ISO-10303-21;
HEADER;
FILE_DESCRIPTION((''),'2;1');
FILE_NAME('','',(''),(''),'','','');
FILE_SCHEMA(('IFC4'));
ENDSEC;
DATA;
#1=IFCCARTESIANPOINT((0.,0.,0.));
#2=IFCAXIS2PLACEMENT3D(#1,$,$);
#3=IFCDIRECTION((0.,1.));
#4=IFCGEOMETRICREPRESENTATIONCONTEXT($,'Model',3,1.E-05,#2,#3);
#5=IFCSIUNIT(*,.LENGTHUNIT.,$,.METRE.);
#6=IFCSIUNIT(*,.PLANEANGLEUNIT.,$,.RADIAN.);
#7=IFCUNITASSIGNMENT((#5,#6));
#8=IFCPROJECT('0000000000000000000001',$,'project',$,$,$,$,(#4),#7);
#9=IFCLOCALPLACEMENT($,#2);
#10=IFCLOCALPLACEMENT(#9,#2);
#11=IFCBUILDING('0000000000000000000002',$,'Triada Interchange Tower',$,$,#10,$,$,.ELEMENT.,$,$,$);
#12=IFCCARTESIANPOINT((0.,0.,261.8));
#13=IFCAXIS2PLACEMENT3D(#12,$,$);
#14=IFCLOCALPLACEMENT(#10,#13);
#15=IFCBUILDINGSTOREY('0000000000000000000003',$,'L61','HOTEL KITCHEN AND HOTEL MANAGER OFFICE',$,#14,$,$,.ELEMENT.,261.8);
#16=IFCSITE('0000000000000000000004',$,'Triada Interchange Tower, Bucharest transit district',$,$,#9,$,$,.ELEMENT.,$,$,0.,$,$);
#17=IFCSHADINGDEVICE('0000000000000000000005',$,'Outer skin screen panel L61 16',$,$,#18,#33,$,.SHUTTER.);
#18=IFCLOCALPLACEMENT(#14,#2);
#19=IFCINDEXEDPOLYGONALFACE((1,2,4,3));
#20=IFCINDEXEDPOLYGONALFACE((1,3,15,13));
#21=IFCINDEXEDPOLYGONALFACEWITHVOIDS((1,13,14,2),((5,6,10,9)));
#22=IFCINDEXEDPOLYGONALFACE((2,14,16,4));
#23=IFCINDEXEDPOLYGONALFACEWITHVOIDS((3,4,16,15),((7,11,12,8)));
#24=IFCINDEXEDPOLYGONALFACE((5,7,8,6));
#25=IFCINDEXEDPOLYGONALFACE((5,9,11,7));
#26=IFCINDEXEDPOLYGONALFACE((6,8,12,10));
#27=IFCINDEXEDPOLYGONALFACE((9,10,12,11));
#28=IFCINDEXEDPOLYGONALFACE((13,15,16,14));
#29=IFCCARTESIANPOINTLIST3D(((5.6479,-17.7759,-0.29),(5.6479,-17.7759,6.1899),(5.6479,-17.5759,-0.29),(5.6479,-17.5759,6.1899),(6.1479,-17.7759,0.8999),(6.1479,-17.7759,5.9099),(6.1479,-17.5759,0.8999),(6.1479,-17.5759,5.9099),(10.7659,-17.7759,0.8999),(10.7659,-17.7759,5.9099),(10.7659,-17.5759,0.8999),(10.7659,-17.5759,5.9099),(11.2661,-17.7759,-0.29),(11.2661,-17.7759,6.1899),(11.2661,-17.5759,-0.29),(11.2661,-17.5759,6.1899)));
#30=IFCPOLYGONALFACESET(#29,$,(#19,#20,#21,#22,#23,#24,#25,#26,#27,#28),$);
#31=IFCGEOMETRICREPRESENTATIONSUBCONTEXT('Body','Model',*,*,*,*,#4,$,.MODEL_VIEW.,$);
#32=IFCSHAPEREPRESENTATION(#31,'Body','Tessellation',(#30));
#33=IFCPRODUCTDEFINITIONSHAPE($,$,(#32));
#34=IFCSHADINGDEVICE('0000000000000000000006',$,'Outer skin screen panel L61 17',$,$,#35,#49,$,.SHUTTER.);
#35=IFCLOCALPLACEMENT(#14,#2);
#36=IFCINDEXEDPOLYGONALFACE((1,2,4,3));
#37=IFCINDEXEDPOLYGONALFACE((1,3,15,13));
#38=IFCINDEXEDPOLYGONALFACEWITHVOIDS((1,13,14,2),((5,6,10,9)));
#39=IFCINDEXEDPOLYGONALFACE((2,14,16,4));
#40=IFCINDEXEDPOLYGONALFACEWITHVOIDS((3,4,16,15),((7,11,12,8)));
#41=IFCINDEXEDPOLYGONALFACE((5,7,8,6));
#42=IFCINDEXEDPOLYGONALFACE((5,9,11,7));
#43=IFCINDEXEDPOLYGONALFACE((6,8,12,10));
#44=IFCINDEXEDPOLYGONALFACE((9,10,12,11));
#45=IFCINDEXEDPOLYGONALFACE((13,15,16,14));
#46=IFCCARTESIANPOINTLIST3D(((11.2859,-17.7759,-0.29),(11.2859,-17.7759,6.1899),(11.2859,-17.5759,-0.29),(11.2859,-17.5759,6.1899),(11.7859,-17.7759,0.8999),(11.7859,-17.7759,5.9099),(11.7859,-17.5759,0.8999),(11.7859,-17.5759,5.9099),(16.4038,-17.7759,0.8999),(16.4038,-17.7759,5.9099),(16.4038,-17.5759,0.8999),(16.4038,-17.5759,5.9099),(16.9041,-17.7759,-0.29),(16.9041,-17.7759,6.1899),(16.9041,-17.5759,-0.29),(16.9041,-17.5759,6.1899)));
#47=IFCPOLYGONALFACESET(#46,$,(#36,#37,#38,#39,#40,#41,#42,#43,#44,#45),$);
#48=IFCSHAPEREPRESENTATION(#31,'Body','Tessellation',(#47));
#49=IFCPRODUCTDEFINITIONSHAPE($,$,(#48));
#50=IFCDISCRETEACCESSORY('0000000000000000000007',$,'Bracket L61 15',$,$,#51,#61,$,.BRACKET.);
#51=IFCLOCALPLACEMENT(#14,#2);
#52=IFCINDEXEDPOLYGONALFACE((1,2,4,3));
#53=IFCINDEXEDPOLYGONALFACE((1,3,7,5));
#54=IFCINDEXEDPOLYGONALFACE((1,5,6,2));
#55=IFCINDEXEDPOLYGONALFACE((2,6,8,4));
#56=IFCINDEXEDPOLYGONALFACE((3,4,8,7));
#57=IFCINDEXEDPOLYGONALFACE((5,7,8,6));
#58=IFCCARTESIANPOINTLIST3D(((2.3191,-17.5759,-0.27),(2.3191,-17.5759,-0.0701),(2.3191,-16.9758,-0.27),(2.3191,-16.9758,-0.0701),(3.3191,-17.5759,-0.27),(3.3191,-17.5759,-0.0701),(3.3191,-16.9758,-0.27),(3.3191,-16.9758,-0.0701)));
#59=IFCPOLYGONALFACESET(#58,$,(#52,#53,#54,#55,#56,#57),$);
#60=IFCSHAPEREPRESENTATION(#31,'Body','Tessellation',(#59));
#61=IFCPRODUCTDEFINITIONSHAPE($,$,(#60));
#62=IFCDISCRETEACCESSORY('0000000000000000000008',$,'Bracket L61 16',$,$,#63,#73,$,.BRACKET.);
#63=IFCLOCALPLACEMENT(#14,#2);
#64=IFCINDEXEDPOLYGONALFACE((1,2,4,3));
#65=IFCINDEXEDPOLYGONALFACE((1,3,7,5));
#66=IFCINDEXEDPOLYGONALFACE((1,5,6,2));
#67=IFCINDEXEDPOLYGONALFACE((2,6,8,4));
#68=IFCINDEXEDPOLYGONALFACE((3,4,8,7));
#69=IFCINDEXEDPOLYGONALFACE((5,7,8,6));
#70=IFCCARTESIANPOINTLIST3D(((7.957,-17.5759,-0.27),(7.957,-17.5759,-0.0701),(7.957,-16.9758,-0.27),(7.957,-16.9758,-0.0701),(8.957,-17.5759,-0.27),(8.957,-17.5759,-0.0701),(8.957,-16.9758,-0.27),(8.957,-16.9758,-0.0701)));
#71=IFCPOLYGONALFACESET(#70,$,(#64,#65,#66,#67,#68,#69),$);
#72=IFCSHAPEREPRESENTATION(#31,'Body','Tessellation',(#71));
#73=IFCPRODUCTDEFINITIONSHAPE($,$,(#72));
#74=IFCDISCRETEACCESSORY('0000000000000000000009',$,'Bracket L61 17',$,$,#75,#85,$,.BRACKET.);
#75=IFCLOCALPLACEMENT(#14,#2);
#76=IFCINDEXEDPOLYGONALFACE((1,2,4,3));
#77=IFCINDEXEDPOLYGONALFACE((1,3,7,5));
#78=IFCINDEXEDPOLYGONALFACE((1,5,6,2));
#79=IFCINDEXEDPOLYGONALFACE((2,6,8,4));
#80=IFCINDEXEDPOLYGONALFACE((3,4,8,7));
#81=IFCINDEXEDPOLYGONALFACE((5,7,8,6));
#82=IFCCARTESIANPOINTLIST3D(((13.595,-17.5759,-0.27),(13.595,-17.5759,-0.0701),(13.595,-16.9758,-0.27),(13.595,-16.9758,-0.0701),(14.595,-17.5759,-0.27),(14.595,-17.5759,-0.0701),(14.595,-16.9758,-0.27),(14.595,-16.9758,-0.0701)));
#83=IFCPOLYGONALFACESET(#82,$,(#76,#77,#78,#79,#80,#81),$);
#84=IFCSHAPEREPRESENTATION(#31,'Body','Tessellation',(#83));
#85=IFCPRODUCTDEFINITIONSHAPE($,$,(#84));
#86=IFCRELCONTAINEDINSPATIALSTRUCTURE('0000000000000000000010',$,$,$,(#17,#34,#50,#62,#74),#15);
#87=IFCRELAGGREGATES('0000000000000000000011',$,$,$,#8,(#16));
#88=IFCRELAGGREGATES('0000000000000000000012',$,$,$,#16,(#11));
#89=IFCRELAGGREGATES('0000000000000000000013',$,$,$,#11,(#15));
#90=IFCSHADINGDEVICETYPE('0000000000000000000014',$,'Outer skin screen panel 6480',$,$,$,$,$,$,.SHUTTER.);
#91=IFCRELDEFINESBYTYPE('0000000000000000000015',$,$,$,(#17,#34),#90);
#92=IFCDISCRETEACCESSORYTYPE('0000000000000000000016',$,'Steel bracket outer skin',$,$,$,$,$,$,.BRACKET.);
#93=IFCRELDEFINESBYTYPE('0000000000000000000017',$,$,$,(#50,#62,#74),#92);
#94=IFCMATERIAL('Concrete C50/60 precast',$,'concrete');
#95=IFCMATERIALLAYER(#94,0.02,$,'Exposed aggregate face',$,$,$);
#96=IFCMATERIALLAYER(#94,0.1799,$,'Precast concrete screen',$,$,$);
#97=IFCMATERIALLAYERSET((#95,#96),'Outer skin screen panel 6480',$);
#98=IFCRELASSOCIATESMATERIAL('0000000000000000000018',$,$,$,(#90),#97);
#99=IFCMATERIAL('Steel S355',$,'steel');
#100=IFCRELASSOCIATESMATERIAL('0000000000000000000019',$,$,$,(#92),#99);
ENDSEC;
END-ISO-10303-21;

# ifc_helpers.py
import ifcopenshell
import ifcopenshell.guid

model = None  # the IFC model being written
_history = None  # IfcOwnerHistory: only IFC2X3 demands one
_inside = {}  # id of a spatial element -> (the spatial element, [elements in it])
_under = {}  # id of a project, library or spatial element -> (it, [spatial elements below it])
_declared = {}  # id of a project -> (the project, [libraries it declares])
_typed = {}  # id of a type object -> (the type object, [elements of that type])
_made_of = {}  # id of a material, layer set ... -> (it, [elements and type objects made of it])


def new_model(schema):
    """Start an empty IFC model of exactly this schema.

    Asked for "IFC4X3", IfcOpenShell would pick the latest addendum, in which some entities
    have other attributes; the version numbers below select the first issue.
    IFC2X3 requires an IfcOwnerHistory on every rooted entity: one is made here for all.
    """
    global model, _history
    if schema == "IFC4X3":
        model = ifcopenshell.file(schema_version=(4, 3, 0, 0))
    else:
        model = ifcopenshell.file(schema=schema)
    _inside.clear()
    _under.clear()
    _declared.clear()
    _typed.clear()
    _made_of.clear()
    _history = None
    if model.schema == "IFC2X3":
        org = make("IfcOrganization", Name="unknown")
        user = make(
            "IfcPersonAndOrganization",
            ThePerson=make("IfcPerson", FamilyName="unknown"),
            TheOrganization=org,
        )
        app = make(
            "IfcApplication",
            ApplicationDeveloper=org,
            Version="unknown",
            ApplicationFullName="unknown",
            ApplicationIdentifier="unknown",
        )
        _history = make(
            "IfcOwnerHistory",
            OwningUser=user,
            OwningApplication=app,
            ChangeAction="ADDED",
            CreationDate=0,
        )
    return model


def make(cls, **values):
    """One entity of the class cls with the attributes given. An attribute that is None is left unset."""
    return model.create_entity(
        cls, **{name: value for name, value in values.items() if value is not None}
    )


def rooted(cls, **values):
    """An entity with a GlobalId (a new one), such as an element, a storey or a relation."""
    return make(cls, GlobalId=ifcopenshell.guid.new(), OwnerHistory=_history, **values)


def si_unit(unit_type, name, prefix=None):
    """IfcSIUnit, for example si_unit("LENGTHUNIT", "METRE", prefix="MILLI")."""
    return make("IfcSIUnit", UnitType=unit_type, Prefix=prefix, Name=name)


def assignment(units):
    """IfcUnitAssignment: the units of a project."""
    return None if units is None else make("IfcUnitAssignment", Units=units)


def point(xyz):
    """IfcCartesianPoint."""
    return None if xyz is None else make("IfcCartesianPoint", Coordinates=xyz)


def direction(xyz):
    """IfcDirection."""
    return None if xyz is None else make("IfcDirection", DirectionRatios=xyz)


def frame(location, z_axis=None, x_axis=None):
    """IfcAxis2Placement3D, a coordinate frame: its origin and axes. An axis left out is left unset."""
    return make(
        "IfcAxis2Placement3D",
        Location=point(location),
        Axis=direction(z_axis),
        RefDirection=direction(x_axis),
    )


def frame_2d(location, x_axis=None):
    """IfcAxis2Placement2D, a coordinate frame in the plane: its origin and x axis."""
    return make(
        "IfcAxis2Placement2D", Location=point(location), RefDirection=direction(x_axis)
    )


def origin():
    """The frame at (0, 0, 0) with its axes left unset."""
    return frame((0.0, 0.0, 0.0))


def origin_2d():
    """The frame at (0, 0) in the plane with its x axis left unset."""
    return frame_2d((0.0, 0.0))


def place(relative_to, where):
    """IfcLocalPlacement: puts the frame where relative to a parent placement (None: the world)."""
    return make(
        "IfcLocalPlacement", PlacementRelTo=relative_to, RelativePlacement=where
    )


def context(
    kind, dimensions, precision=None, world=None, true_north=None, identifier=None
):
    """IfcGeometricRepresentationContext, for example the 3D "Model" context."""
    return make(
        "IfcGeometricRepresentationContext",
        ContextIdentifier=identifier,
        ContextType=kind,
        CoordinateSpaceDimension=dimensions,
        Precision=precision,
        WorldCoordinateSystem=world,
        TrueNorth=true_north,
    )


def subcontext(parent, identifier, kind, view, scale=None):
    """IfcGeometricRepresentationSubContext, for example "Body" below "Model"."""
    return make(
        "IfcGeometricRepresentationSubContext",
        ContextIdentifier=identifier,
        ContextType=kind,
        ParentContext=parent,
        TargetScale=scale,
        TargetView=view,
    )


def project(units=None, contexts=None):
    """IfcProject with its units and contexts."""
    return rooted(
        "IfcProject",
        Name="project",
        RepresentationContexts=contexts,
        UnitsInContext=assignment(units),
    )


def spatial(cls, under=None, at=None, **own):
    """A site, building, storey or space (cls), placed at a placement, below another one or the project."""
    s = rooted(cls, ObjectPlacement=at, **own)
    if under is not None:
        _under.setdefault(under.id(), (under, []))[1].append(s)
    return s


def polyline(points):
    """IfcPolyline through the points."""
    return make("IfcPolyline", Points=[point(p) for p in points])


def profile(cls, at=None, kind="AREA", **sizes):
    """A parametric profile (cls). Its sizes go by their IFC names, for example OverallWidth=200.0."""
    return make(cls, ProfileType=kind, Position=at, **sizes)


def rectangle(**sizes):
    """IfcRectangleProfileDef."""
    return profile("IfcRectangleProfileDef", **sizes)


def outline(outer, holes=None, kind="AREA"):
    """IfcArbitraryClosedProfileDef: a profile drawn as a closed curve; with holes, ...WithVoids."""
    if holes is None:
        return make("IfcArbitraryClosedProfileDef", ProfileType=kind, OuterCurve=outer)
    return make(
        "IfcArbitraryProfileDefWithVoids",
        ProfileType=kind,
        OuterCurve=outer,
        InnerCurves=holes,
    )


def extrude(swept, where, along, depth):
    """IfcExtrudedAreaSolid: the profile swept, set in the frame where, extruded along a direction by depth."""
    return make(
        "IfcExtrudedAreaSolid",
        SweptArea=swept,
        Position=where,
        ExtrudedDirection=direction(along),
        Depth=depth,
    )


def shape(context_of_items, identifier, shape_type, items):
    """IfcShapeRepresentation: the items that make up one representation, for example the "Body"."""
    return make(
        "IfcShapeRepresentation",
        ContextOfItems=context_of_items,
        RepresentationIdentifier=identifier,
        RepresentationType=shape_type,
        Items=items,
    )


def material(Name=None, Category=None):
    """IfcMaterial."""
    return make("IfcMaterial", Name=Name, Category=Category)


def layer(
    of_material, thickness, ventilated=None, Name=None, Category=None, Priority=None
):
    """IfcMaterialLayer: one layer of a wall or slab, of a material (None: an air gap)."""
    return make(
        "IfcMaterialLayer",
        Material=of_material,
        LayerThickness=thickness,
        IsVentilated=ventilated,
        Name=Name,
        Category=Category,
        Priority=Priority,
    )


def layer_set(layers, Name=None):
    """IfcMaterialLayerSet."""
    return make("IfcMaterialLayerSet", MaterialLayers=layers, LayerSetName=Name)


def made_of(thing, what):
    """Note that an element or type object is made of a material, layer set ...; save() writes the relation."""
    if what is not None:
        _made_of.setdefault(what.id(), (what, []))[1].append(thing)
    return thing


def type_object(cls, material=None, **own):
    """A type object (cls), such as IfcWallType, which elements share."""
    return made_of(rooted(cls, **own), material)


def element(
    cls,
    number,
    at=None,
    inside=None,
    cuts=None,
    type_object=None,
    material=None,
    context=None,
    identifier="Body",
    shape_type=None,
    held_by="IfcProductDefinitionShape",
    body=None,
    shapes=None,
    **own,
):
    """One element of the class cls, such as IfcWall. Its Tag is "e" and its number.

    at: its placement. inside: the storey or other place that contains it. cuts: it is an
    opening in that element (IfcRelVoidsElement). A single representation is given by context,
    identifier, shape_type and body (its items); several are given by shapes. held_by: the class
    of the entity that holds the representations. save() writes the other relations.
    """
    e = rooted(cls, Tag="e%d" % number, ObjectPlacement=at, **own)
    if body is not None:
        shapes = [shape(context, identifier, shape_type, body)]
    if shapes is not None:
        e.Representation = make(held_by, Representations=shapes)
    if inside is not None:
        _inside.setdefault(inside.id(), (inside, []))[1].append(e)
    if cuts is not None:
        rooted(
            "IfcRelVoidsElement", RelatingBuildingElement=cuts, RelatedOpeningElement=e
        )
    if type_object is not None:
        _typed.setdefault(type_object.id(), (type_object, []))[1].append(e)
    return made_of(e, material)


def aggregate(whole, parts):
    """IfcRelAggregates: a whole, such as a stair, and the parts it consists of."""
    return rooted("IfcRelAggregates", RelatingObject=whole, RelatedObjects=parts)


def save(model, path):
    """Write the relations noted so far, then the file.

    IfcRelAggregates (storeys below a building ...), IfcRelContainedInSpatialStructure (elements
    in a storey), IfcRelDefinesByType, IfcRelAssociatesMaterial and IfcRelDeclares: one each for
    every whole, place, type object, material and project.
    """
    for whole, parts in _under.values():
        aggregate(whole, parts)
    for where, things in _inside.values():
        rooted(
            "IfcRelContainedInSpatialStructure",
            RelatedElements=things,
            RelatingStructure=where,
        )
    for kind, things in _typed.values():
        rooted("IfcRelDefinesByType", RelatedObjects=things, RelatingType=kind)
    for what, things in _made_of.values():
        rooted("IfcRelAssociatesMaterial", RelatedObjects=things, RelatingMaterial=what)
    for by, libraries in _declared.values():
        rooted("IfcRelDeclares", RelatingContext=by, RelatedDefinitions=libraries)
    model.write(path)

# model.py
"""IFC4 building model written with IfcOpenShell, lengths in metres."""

from ifc_helpers import new_model, si_unit, direction, frame, origin, origin_2d, place, context, subcontext, project, spatial, polyline, rectangle, outline, extrude, material, layer, layer_set, type_object, element, save


model = new_model("IFC4")

# Units and contexts
model_context = context("Model", 3, precision=1e-05, world=origin(), true_north=direction((0.0, 1.0)))
body_context = subcontext(model_context, "Body", "Model", "MODEL_VIEW")
ifc_project = project(units=[si_unit("LENGTHUNIT", "METRE"), si_unit("PLANEANGLEUNIT", "RADIAN")], contexts=[model_context])

# Site, building, storey
site_placement = place(None, origin())
site = spatial("IfcSite", under=ifc_project, at=site_placement, Name="Triada Interchange Tower, Bucharest transit district", CompositionType="ELEMENT", RefElevation=0.0)
building_placement = place(site_placement, origin())
building = spatial("IfcBuilding", under=site, at=building_placement, Name="Triada Interchange Tower", CompositionType="ELEMENT")
storey_placement = place(building_placement, frame((0.0, 0.0, 261.8)))
storey = spatial("IfcBuildingStorey", under=building, at=storey_placement, Name="L61", Description="HOTEL KITCHEN AND HOTEL MANAGER OFFICE", CompositionType="ELEMENT", Elevation=261.8)

# Shading devices
ifc_material_1 = material(Name="Concrete C50/60 precast", Category="concrete")
ifc_layer_1 = layer(ifc_material_1, 0.02, Name="Exposed aggregate face")
ifc_layer_2 = layer(ifc_material_1, 0.1799, Name="Precast concrete screen")
ifc_layer_set_1 = layer_set([ifc_layer_1, ifc_layer_2], Name="Outer skin screen panel 6480")
shading_device_type = type_object("IfcShadingDeviceType", Name="Outer skin screen panel 6480", PredefinedType="SHUTTER", material=ifc_layer_set_1)
for number, where, z_axis, x_axis, name in (
    (1, (5.6479, -17.5759, -0.29), (0.0, 0.0, 1.0), (1.0, 0.0, 0.0), "Outer skin screen panel L61 16"),
    (2, (11.2859, -17.5759, -0.29), (0.0, 0.0, 1.0), (1.0, 0.0, 0.0), "Outer skin screen panel L61 17"),
):
    element("IfcShadingDevice", number, at=place(storey_placement, frame(where, z_axis=z_axis, x_axis=x_axis)), inside=storey, type_object=shading_device_type, Name=name, PredefinedType="SHUTTER", context=body_context, shape_type="SweptSolid", body=[
        extrude(outline(polyline([(0.0, 0.0), (5.6182, 0.0), (5.6182, 6.48), (0.0, 6.48), (0.0, 0.0)]), holes=[polyline([(0.5, 1.1899), (0.5, 6.2), (5.1179, 6.2), (5.1179, 1.1899), (0.5, 1.1899)])]), frame((0.0, 0.0, 0.0), z_axis=(0.0, -1.0, 0.0), x_axis=(1.0, 0.0, 0.0)), (0.0, 0.0, 1.0), 0.2),
    ])

# Discrete accessories
ifc_material_2 = material(Name="Steel S355", Category="steel")
discrete_accessory_type = type_object("IfcDiscreteAccessoryType", Name="Steel bracket outer skin", PredefinedType="BRACKET", material=ifc_material_2)
for number, where, z_axis, x_axis, name in (
    (3, (2.8191, -17.2759, -0.27), (0.0, 0.0, 1.0), (0.0, -1.0, 0.0), "Bracket L61 15"),
    (4, (8.457, -17.2759, -0.27), (0.0, 0.0, 1.0), (0.0, -1.0, 0.0), "Bracket L61 16"),
    (5, (14.095, -17.2759, -0.27), (0.0, 0.0, 1.0), (0.0, -1.0, 0.0), "Bracket L61 17"),
):
    element("IfcDiscreteAccessory", number, at=place(storey_placement, frame(where, z_axis=z_axis, x_axis=x_axis)), inside=storey, type_object=discrete_accessory_type, Name=name, PredefinedType="BRACKET", context=body_context, shape_type="SweptSolid", body=[
        extrude(rectangle(XDim=0.6001, YDim=1.0, at=origin_2d()), origin(), (0.0, 0.0, 1.0), 0.2),
    ])

save(model, "model.ifc")
